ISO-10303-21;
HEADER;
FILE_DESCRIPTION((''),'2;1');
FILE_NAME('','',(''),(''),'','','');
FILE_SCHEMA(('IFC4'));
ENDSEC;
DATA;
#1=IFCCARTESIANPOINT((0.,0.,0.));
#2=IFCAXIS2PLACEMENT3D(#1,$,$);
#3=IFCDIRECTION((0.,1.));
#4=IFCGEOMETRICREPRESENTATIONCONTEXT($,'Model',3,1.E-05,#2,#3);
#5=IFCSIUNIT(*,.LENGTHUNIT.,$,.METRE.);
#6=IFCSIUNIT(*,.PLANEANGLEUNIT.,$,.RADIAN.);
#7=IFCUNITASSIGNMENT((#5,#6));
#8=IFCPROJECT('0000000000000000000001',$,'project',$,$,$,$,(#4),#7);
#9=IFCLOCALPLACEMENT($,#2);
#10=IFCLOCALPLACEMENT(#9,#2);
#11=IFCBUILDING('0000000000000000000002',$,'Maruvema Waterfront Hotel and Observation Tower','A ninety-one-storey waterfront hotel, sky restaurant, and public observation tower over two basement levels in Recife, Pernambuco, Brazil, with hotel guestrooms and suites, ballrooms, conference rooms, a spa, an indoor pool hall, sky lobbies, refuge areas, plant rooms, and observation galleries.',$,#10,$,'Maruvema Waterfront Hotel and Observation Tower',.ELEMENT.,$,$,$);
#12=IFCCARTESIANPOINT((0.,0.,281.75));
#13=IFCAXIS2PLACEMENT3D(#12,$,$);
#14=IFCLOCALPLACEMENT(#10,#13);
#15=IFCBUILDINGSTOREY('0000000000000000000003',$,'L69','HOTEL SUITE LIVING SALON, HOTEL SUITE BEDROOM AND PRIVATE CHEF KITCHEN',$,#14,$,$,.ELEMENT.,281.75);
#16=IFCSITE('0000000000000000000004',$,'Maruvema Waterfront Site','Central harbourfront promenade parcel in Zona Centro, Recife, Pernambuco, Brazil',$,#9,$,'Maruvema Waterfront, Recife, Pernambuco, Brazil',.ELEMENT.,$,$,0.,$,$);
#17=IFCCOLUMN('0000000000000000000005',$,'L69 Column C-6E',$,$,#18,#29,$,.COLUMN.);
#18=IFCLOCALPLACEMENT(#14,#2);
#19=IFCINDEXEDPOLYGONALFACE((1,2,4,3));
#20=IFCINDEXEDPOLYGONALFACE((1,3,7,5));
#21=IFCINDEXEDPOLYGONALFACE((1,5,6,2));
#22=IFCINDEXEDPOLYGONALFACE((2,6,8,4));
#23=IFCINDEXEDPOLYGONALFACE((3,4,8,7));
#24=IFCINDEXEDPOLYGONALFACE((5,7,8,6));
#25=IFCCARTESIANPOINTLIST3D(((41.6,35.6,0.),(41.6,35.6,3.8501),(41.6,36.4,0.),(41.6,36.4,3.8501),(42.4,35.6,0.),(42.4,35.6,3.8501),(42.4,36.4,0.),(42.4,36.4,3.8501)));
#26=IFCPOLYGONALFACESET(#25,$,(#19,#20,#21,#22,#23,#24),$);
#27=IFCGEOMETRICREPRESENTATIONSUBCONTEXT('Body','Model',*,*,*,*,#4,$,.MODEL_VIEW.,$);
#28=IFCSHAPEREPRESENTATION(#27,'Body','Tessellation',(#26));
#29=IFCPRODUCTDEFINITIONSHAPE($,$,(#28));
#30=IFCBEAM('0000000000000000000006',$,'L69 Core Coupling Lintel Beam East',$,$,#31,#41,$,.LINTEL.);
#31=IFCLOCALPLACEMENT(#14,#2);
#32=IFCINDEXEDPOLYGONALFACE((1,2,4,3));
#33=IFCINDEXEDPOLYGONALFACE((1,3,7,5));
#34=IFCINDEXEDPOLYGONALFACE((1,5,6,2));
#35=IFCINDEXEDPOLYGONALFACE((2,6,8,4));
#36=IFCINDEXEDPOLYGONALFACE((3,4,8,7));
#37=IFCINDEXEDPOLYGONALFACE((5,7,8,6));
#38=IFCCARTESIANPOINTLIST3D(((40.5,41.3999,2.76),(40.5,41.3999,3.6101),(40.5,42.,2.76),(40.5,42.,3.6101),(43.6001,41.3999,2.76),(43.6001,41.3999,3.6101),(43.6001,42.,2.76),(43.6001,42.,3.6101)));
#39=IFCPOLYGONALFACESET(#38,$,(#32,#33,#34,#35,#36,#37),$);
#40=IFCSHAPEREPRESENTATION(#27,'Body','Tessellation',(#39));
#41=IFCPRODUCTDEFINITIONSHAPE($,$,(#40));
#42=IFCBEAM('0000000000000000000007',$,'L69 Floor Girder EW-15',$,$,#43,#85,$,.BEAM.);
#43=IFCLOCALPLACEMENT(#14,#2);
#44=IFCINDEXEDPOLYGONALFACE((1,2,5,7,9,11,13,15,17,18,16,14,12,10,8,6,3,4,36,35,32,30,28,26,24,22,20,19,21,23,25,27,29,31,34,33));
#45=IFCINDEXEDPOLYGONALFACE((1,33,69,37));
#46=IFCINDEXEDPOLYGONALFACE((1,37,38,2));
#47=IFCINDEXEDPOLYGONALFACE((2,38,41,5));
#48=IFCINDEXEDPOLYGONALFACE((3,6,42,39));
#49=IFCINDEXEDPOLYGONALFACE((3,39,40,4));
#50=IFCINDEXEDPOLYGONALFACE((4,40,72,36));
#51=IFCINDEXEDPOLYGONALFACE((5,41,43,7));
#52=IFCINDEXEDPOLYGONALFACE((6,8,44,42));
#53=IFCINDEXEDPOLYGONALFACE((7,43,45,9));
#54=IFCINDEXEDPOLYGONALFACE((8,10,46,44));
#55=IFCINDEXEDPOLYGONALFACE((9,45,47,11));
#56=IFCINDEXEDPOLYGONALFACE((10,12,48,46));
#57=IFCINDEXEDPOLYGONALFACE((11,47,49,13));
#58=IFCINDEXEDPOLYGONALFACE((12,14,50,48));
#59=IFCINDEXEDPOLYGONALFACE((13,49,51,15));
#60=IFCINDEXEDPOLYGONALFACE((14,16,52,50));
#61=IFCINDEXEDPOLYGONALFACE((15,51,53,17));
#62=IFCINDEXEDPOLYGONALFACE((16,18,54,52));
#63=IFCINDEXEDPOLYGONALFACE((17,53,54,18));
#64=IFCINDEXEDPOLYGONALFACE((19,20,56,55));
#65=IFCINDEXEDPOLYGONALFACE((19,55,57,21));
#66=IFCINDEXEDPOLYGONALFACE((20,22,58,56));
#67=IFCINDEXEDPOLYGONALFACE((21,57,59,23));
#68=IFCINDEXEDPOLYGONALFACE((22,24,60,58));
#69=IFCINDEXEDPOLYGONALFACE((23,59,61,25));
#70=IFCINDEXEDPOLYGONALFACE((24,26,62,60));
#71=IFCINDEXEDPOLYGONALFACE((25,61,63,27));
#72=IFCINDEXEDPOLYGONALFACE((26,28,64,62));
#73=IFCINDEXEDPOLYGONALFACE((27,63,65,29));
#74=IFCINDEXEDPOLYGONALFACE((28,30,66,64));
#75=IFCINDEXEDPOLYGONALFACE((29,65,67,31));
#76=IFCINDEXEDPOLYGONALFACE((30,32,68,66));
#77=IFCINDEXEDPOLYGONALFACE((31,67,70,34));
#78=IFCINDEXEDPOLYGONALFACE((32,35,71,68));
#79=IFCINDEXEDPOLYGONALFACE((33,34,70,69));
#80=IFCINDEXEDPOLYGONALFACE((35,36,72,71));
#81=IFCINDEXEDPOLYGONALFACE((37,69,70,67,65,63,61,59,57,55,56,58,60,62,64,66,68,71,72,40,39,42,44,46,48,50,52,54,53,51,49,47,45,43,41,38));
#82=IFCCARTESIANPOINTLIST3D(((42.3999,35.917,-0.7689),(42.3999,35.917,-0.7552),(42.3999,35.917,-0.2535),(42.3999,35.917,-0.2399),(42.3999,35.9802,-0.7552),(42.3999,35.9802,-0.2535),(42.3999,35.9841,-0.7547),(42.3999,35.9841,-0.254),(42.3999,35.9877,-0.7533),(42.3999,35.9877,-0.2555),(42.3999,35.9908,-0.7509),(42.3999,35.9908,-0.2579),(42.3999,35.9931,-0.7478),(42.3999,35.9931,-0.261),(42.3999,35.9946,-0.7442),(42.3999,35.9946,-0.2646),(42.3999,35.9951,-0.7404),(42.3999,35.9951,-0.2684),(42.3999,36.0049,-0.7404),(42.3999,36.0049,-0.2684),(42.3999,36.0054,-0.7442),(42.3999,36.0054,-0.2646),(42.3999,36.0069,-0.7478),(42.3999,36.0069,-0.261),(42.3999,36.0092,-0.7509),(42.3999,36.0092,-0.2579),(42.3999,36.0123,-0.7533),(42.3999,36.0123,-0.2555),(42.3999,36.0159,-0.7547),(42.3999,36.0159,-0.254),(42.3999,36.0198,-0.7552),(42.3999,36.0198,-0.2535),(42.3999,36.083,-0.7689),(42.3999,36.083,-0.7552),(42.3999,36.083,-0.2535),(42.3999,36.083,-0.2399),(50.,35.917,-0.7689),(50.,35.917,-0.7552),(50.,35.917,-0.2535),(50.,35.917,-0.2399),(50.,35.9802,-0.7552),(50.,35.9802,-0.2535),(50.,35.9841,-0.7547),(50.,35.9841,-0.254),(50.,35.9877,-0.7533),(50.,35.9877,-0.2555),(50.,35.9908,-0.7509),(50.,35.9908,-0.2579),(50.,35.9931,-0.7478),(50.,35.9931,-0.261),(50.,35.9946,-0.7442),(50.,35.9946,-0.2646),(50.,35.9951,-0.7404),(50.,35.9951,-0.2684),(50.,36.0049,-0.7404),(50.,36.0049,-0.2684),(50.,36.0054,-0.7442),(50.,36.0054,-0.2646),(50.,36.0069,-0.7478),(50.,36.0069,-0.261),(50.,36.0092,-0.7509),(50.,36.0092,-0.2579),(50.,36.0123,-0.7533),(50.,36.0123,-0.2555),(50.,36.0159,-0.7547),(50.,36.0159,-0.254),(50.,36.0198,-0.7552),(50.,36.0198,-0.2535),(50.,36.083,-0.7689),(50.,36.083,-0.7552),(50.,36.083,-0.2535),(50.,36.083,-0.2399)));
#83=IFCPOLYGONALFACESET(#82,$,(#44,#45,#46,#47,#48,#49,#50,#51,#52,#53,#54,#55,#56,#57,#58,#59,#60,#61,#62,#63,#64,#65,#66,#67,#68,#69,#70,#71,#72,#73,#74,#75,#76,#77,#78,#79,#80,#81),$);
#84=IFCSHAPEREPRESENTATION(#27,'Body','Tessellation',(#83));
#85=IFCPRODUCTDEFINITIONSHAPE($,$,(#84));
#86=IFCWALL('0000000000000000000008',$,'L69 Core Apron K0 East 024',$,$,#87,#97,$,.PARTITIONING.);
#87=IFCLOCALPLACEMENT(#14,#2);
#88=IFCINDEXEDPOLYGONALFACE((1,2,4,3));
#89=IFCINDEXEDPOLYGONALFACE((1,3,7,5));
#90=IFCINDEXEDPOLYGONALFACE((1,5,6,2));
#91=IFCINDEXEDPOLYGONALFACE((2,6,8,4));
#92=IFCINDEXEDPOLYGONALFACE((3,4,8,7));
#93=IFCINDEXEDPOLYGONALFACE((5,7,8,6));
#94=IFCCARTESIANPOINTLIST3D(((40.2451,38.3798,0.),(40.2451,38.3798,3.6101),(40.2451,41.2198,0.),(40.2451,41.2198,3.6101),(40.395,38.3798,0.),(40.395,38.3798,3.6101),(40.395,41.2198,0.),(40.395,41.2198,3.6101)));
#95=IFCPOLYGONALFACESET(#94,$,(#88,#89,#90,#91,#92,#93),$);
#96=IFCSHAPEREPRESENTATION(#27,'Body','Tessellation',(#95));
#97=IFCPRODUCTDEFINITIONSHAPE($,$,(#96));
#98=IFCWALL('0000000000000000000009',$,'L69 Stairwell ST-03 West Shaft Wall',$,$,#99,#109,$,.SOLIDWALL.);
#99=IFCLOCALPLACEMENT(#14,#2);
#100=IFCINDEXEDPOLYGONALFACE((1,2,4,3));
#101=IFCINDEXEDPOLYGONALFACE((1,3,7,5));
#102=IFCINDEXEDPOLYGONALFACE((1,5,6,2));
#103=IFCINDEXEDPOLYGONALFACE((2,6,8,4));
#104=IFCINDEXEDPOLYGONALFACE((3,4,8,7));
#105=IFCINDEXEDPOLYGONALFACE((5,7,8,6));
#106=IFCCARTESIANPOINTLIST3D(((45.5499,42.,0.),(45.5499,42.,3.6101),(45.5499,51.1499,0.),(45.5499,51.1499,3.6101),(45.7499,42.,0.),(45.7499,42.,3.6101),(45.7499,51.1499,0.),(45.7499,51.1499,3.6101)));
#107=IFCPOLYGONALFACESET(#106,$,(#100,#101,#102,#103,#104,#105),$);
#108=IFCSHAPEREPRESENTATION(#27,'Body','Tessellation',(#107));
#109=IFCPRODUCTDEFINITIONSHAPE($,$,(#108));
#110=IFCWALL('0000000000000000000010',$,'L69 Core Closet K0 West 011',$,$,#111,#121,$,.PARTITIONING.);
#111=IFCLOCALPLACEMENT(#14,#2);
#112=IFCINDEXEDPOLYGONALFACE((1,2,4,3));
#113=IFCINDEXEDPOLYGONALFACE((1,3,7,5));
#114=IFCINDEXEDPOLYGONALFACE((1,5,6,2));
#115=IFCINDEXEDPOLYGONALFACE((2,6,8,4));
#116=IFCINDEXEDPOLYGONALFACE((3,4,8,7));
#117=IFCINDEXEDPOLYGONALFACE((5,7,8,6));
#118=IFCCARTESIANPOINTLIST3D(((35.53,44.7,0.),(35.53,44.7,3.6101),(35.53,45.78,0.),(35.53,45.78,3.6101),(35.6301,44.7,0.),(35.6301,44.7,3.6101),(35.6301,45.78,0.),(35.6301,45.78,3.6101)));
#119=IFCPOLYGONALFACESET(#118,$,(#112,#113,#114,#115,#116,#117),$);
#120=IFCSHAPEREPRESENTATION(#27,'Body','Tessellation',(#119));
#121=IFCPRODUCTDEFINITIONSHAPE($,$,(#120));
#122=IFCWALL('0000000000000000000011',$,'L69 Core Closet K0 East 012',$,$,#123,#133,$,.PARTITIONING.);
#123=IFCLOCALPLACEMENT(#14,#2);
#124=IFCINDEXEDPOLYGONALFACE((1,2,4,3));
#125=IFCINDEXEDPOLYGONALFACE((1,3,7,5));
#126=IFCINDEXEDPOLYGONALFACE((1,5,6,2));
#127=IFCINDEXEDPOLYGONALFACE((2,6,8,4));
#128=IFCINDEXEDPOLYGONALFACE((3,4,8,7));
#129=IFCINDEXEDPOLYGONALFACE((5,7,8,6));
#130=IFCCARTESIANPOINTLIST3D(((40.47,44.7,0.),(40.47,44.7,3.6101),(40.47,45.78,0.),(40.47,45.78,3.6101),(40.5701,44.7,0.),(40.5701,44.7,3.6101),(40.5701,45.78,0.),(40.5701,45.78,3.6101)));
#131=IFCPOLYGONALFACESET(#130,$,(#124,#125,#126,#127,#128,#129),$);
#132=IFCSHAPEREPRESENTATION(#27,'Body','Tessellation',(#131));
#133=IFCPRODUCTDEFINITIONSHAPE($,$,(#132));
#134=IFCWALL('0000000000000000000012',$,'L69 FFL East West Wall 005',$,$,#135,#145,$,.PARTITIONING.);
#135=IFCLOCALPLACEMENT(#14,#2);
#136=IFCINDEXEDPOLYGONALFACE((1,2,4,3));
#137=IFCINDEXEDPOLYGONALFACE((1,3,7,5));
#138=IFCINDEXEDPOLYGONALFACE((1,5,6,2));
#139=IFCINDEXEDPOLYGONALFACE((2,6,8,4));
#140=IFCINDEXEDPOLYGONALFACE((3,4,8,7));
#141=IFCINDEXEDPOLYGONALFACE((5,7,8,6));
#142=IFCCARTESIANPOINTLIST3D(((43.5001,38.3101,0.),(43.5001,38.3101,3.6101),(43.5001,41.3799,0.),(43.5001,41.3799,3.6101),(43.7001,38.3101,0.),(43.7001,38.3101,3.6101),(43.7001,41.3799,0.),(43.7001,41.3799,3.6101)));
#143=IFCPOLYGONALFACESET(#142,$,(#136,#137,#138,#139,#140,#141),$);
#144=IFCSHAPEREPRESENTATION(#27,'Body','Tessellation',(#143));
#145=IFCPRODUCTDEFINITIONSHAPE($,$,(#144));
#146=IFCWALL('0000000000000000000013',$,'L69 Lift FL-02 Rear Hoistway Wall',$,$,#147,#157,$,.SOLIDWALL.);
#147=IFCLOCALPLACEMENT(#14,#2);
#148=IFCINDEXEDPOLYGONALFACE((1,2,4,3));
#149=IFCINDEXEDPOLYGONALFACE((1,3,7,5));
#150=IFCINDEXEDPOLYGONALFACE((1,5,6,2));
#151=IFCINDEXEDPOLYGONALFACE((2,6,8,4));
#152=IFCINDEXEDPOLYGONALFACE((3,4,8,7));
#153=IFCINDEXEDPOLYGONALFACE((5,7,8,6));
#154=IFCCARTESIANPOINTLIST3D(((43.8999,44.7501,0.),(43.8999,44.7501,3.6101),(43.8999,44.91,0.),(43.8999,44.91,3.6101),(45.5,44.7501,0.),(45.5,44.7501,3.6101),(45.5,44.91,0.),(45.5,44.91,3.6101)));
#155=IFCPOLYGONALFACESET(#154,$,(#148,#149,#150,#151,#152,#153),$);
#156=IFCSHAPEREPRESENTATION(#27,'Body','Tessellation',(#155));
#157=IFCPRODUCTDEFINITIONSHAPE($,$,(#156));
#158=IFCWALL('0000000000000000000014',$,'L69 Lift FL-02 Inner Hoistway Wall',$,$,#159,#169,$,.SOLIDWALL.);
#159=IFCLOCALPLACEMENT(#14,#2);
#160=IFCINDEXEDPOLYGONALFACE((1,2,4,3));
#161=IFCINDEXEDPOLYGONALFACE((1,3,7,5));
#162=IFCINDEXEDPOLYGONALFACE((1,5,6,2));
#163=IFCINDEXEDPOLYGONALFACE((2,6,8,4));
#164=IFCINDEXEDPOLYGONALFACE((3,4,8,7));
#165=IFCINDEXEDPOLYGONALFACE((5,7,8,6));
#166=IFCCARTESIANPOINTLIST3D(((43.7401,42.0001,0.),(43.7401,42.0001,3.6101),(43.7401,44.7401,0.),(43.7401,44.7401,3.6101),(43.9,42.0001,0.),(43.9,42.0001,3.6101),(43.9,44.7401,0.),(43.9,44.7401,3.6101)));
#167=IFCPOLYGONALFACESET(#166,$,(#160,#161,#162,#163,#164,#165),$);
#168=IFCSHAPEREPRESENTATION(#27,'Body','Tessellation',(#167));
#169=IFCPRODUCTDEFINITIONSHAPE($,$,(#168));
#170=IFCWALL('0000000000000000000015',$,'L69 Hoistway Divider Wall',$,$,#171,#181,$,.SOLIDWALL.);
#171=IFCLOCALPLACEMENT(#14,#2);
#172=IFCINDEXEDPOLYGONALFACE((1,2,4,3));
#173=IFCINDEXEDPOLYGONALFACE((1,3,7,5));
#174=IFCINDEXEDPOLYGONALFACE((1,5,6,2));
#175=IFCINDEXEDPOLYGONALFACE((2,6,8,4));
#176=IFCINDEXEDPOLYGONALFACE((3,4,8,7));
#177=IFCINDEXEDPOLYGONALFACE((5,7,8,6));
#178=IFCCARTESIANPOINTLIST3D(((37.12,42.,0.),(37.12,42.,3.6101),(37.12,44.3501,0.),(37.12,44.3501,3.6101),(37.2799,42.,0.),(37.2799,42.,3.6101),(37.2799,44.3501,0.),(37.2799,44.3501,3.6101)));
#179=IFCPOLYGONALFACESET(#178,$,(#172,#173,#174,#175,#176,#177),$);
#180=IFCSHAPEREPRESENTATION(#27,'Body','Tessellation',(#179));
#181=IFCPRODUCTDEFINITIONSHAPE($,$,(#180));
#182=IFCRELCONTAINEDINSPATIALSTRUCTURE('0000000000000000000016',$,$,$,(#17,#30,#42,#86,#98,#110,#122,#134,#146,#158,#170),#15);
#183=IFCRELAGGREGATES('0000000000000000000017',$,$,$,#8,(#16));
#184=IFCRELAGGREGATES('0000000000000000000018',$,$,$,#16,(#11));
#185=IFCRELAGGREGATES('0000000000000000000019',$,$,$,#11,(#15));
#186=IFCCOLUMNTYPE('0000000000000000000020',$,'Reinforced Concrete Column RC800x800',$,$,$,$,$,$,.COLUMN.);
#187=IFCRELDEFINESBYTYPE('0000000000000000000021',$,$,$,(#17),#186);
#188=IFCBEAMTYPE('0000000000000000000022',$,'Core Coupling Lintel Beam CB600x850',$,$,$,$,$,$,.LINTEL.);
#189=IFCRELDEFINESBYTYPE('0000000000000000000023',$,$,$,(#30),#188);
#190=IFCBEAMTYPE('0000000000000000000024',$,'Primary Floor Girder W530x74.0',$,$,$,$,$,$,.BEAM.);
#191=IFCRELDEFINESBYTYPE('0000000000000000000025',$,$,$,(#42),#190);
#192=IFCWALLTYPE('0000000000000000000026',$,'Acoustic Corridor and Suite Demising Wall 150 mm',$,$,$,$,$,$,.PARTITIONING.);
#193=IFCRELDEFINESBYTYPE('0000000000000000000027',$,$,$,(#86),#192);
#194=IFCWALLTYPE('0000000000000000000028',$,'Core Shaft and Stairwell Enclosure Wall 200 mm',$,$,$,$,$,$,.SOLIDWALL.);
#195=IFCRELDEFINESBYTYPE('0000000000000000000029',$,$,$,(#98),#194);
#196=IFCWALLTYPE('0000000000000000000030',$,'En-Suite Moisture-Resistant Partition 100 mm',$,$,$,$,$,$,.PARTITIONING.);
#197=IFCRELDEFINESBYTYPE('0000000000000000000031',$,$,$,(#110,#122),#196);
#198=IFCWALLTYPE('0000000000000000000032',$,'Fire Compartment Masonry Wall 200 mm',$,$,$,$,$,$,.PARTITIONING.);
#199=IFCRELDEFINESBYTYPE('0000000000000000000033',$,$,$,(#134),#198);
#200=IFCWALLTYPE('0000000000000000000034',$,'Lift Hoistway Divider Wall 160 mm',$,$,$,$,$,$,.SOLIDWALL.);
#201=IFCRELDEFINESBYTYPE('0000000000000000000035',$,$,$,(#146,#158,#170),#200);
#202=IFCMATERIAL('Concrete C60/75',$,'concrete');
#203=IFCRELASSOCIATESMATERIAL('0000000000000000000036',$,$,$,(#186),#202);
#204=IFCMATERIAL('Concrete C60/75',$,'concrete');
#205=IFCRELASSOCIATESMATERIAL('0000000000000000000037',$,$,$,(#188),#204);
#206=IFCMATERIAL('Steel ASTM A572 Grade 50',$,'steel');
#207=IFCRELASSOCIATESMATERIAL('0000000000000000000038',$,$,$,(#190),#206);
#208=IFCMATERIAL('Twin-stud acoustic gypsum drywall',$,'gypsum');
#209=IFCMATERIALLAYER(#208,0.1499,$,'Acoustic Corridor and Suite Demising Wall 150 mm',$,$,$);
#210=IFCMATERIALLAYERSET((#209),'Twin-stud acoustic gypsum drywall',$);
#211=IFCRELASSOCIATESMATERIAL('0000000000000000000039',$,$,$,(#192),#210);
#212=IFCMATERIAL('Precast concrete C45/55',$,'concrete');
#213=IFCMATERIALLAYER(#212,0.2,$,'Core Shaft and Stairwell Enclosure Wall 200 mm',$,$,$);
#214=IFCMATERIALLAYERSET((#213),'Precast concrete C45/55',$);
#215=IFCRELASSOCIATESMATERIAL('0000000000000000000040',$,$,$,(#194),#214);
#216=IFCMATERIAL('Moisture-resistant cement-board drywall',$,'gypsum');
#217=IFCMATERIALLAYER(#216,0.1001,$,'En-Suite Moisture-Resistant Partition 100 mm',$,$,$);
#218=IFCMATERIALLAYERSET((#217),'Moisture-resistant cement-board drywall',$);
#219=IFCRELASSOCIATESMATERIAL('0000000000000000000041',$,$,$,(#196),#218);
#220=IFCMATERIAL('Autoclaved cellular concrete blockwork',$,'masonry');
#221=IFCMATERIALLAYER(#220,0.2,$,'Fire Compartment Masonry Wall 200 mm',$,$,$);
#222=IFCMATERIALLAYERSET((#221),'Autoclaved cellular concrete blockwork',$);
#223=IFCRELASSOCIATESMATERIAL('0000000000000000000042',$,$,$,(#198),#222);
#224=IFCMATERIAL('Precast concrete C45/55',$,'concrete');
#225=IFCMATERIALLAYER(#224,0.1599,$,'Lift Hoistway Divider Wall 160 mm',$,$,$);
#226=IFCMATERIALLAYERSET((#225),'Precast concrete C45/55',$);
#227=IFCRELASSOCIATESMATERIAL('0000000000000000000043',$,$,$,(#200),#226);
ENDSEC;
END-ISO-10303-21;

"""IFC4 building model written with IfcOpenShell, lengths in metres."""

from ifc_helpers import new_model, si_unit, direction, frame, frame_2d, origin, origin_2d, place, context, subcontext, project, spatial, rectangle, i_section, extrude, material, layer, layer_set, material_profile, profile_set, type_object, element, save


model = new_model("IFC4")

# Units and contexts
model_context = context("Model", 3, precision=1e-05, world=origin(), true_north=direction((0.0, 1.0)))
body_context = subcontext(model_context, "Body", "Model", "MODEL_VIEW")
ifc_project = project(units=[si_unit("LENGTHUNIT", "METRE"), si_unit("PLANEANGLEUNIT", "RADIAN")], contexts=[model_context])

# Site, building, storey
site_placement = place(None, origin())
site = spatial("IfcSite", under=ifc_project, at=site_placement, Name="Maruvema Waterfront Site", Description="Central harbourfront promenade parcel in Zona Centro, Recife, Pernambuco, Brazil", LongName="Maruvema Waterfront, Recife, Pernambuco, Brazil", CompositionType="ELEMENT", RefElevation=0.0)
building_placement = place(site_placement, origin())
building = spatial("IfcBuilding", under=site, at=building_placement, Name="Maruvema Waterfront Hotel and Observation Tower", Description="A ninety-one-storey waterfront hotel, sky restaurant, and public observation tower over two basement levels in Recife, Pernambuco, Brazil, with hotel guestrooms and suites, ballrooms, conference rooms, a spa, an indoor pool hall, sky lobbies, refuge areas, plant rooms, and observation galleries.", LongName="Maruvema Waterfront Hotel and Observation Tower", CompositionType="ELEMENT")
storey_placement = place(building_placement, frame((0.0, 0.0, 281.75)))
storey = spatial("IfcBuildingStorey", under=building, at=storey_placement, Name="L69", Description="HOTEL SUITE LIVING SALON, HOTEL SUITE BEDROOM AND PRIVATE CHEF KITCHEN", CompositionType="ELEMENT", Elevation=281.75)

# Column
ifc_material_1 = material(Name="Concrete C60/75", Category="concrete")
ifc_material_profile_1 = material_profile(ifc_material_1, rectangle(XDim=0.8, YDim=0.8, at=origin_2d()), Name="RC800x800")
ifc_profile_set_1 = profile_set([ifc_material_profile_1], Name="Concrete C60/75")
column_type = type_object("IfcColumnType", Name="Reinforced Concrete Column RC800x800", PredefinedType="COLUMN", material=ifc_profile_set_1)
column_placement = place(storey_placement, frame((42.0, 36.0, 0.0), z_axis=(0.0, 0.0, 1.0), x_axis=(1.0, 0.0, 0.0)))
element("IfcColumn", 1, at=column_placement, inside=storey, type_object=column_type, Name="L69 Column C-6E", PredefinedType="COLUMN", context=body_context, shape_type="SweptSolid", body=[
    extrude(rectangle(XDim=0.8, YDim=0.8, at=origin_2d()), origin(), (0.0, 0.0, 1.0), 3.8501),
])

# Beams
ifc_material_2 = material(Name="Concrete C60/75", Category="concrete")
ifc_material_profile_2 = material_profile(ifc_material_2, rectangle(XDim=0.6001, YDim=0.8501, at=origin_2d()), Name="CB600x850")
ifc_profile_set_2 = profile_set([ifc_material_profile_2], Name="Concrete C60/75")
beam_type_1 = type_object("IfcBeamType", Name="Core Coupling Lintel Beam CB600x850", PredefinedType="LINTEL", material=ifc_profile_set_2)
beam_1_placement = place(storey_placement, frame((40.5, 41.7, 3.1851), z_axis=(1.0, 0.0, 0.0), x_axis=(0.0, 1.0, 0.0)))
element("IfcBeam", 2, at=beam_1_placement, inside=storey, type_object=beam_type_1, Name="L69 Core Coupling Lintel Beam East", PredefinedType="LINTEL", context=body_context, shape_type="SweptSolid", body=[
    extrude(rectangle(XDim=0.6001, YDim=0.8501, at=origin_2d()), origin(), (0.0, 0.0, 1.0), 3.1001),
])
ifc_material_3 = material(Name="Steel ASTM A572 Grade 50", Category="steel")
ifc_material_profile_3 = material_profile(ifc_material_3, i_section(OverallWidth=0.166, OverallDepth=0.5291, WebThickness=0.0098, FlangeThickness=0.0137, FilletRadius=0.0149, at=origin_2d()), Name="W530x74.0")
ifc_profile_set_3 = profile_set([ifc_material_profile_3], Name="Steel ASTM A572 Grade 50")
beam_type_2 = type_object("IfcBeamType", Name="Primary Floor Girder W530x74.0", PredefinedType="BEAM", material=ifc_profile_set_3)
beam_2_placement = place(storey_placement, frame((42.3999, 36.0, -0.5044), z_axis=(1.0, 0.0, 0.0), x_axis=(0.0, 1.0, 0.0)))
element("IfcBeam", 3, at=beam_2_placement, inside=storey, type_object=beam_type_2, Name="L69 Floor Girder EW-15", PredefinedType="BEAM", context=body_context, shape_type="SweptSolid", body=[
    extrude(i_section(OverallWidth=0.166, OverallDepth=0.5291, WebThickness=0.0098, FlangeThickness=0.0137, FilletRadius=0.0149, at=origin_2d()), origin(), (0.0, 0.0, 1.0), 7.6001),
])

# Walls
ifc_material_4 = material(Name="Twin-stud acoustic gypsum drywall", Category="gypsum")
ifc_layer_1 = layer(ifc_material_4, 0.1499, Name="Acoustic Corridor and Suite Demising Wall 150 mm")
ifc_layer_set_1 = layer_set([ifc_layer_1], Name="Twin-stud acoustic gypsum drywall")
wall_type_1 = type_object("IfcWallType", Name="Acoustic Corridor and Suite Demising Wall 150 mm", PredefinedType="PARTITIONING", material=ifc_layer_set_1)
wall_1_placement = place(storey_placement, frame((40.3201, 38.3799, 0.0), z_axis=(0.0, 0.0, 1.0), x_axis=(0.0, 1.0, 0.0)))
element("IfcWall", 4, at=wall_1_placement, inside=storey, type_object=wall_type_1, Name="L69 Core Apron K0 East 024", PredefinedType="PARTITIONING", context=body_context, shape_type="SweptSolid", body=[
    extrude(rectangle(XDim=2.8401, YDim=0.1499, at=frame_2d((1.4199, 0.0))), origin(), (0.0, 0.0, 1.0), 3.6101),
])
ifc_material_5 = material(Name="Precast concrete C45/55", Category="concrete")
ifc_layer_2 = layer(ifc_material_5, 0.2, Name="Core Shaft and Stairwell Enclosure Wall 200 mm")
ifc_layer_set_2 = layer_set([ifc_layer_2], Name="Precast concrete C45/55")
wall_type_2 = type_object("IfcWallType", Name="Core Shaft and Stairwell Enclosure Wall 200 mm", PredefinedType="SOLIDWALL", material=ifc_layer_set_2)
wall_2_placement = place(storey_placement, frame((45.6499, 42.0, 0.0), z_axis=(0.0, 0.0, 1.0), x_axis=(0.0, 1.0, 0.0)))
element("IfcWall", 5, at=wall_2_placement, inside=storey, type_object=wall_type_2, Name="L69 Stairwell ST-03 West Shaft Wall", PredefinedType="SOLIDWALL", context=body_context, shape_type="SweptSolid", body=[
    extrude(rectangle(XDim=9.1499, YDim=0.2, at=frame_2d((4.575, 0.0))), origin(), (0.0, 0.0, 1.0), 3.6101),
])

# Walls
ifc_material_6 = material(Name="Moisture-resistant cement-board drywall", Category="gypsum")
ifc_layer_3 = layer(ifc_material_6, 0.1001, Name="En-Suite Moisture-Resistant Partition 100 mm")
ifc_layer_set_3 = layer_set([ifc_layer_3], Name="Moisture-resistant cement-board drywall")
wall_type_3 = type_object("IfcWallType", Name="En-Suite Moisture-Resistant Partition 100 mm", PredefinedType="PARTITIONING", material=ifc_layer_set_3)
for number, where, z_axis, x_axis, name in (
    (6, (35.5801, 44.7, 0.0), (0.0, 0.0, 1.0), (0.0, 1.0, 0.0), "L69 Core Closet K0 West 011"),
    (7, (40.52, 44.7, 0.0), (0.0, 0.0, 1.0), (0.0, 1.0, 0.0), "L69 Core Closet K0 East 012"),
):
    element("IfcWall", number, at=place(storey_placement, frame(where, z_axis=z_axis, x_axis=x_axis)), inside=storey, type_object=wall_type_3, Name=name, PredefinedType="PARTITIONING", context=body_context, shape_type="SweptSolid", body=[
        extrude(rectangle(XDim=1.0801, YDim=0.1001, at=frame_2d((0.54, 0.0))), origin(), (0.0, 0.0, 1.0), 3.6101),
    ])

# Shared definitions
ifc_material_7 = material(Name="Autoclaved cellular concrete blockwork", Category="masonry")
ifc_layer_4 = layer(ifc_material_7, 0.2, Name="Fire Compartment Masonry Wall 200 mm")
ifc_layer_set_4 = layer_set([ifc_layer_4], Name="Autoclaved cellular concrete blockwork")
wall_type_4 = type_object("IfcWallType", Name="Fire Compartment Masonry Wall 200 mm", PredefinedType="PARTITIONING", material=ifc_layer_set_4)

# Walls
wall_3_placement = place(storey_placement, frame((43.6001, 38.3101, 0.0), z_axis=(0.0, 0.0, 1.0), x_axis=(0.0, 1.0, 0.0)))
element("IfcWall", 8, at=wall_3_placement, inside=storey, type_object=wall_type_4, Name="L69 FFL East West Wall 005", PredefinedType="PARTITIONING", context=body_context, shape_type="SweptSolid", body=[
    extrude(rectangle(XDim=3.0698, YDim=0.2, at=frame_2d((1.5349, 0.0))), origin(), (0.0, 0.0, 1.0), 3.6101),
])
ifc_material_8 = material(Name="Precast concrete C45/55", Category="concrete")
ifc_layer_5 = layer(ifc_material_8, 0.1599, Name="Lift Hoistway Divider Wall 160 mm")
ifc_layer_set_5 = layer_set([ifc_layer_5], Name="Precast concrete C45/55")
wall_type_5 = type_object("IfcWallType", Name="Lift Hoistway Divider Wall 160 mm", PredefinedType="SOLIDWALL", material=ifc_layer_set_5)
wall_4_placement = place(storey_placement, frame((43.8999, 44.8301, 0.0), z_axis=(0.0, 0.0, 1.0), x_axis=(1.0, 0.0, 0.0)))
element("IfcWall", 9, at=wall_4_placement, inside=storey, type_object=wall_type_5, Name="L69 Lift FL-02 Rear Hoistway Wall", PredefinedType="SOLIDWALL", context=body_context, shape_type="SweptSolid", body=[
    extrude(rectangle(XDim=1.6001, YDim=0.1599, at=frame_2d((0.8, 0.0))), origin(), (0.0, 0.0, 1.0), 3.6101),
])
wall_5_placement = place(storey_placement, frame((43.8201, 42.0, 0.0), z_axis=(0.0, 0.0, 1.0), x_axis=(0.0, 1.0, 0.0)))
element("IfcWall", 10, at=wall_5_placement, inside=storey, type_object=wall_type_5, Name="L69 Lift FL-02 Inner Hoistway Wall", PredefinedType="SOLIDWALL", context=body_context, shape_type="SweptSolid", body=[
    extrude(rectangle(XDim=2.74, YDim=0.1599, at=frame_2d((1.3701, 0.0))), origin(), (0.0, 0.0, 1.0), 3.6101),
])
for number, where, z_axis, x_axis, name in (
    (11, (37.2, 42.0, 0.0), (0.0, 0.0, 1.0), (0.0, 1.0, 0.0), "L69 Hoistway Divider Wall"),
):
    element("IfcWall", number, at=place(storey_placement, frame(where, z_axis=z_axis, x_axis=x_axis)), inside=storey, type_object=wall_type_5, Name=name, PredefinedType="SOLIDWALL", context=body_context, shape_type="SweptSolid", body=[
        extrude(rectangle(XDim=2.3501, YDim=0.1599, at=frame_2d((1.175, 0.0))), origin(), (0.0, 0.0, 1.0), 3.6101),
    ])

save(model, "model.ifc")
